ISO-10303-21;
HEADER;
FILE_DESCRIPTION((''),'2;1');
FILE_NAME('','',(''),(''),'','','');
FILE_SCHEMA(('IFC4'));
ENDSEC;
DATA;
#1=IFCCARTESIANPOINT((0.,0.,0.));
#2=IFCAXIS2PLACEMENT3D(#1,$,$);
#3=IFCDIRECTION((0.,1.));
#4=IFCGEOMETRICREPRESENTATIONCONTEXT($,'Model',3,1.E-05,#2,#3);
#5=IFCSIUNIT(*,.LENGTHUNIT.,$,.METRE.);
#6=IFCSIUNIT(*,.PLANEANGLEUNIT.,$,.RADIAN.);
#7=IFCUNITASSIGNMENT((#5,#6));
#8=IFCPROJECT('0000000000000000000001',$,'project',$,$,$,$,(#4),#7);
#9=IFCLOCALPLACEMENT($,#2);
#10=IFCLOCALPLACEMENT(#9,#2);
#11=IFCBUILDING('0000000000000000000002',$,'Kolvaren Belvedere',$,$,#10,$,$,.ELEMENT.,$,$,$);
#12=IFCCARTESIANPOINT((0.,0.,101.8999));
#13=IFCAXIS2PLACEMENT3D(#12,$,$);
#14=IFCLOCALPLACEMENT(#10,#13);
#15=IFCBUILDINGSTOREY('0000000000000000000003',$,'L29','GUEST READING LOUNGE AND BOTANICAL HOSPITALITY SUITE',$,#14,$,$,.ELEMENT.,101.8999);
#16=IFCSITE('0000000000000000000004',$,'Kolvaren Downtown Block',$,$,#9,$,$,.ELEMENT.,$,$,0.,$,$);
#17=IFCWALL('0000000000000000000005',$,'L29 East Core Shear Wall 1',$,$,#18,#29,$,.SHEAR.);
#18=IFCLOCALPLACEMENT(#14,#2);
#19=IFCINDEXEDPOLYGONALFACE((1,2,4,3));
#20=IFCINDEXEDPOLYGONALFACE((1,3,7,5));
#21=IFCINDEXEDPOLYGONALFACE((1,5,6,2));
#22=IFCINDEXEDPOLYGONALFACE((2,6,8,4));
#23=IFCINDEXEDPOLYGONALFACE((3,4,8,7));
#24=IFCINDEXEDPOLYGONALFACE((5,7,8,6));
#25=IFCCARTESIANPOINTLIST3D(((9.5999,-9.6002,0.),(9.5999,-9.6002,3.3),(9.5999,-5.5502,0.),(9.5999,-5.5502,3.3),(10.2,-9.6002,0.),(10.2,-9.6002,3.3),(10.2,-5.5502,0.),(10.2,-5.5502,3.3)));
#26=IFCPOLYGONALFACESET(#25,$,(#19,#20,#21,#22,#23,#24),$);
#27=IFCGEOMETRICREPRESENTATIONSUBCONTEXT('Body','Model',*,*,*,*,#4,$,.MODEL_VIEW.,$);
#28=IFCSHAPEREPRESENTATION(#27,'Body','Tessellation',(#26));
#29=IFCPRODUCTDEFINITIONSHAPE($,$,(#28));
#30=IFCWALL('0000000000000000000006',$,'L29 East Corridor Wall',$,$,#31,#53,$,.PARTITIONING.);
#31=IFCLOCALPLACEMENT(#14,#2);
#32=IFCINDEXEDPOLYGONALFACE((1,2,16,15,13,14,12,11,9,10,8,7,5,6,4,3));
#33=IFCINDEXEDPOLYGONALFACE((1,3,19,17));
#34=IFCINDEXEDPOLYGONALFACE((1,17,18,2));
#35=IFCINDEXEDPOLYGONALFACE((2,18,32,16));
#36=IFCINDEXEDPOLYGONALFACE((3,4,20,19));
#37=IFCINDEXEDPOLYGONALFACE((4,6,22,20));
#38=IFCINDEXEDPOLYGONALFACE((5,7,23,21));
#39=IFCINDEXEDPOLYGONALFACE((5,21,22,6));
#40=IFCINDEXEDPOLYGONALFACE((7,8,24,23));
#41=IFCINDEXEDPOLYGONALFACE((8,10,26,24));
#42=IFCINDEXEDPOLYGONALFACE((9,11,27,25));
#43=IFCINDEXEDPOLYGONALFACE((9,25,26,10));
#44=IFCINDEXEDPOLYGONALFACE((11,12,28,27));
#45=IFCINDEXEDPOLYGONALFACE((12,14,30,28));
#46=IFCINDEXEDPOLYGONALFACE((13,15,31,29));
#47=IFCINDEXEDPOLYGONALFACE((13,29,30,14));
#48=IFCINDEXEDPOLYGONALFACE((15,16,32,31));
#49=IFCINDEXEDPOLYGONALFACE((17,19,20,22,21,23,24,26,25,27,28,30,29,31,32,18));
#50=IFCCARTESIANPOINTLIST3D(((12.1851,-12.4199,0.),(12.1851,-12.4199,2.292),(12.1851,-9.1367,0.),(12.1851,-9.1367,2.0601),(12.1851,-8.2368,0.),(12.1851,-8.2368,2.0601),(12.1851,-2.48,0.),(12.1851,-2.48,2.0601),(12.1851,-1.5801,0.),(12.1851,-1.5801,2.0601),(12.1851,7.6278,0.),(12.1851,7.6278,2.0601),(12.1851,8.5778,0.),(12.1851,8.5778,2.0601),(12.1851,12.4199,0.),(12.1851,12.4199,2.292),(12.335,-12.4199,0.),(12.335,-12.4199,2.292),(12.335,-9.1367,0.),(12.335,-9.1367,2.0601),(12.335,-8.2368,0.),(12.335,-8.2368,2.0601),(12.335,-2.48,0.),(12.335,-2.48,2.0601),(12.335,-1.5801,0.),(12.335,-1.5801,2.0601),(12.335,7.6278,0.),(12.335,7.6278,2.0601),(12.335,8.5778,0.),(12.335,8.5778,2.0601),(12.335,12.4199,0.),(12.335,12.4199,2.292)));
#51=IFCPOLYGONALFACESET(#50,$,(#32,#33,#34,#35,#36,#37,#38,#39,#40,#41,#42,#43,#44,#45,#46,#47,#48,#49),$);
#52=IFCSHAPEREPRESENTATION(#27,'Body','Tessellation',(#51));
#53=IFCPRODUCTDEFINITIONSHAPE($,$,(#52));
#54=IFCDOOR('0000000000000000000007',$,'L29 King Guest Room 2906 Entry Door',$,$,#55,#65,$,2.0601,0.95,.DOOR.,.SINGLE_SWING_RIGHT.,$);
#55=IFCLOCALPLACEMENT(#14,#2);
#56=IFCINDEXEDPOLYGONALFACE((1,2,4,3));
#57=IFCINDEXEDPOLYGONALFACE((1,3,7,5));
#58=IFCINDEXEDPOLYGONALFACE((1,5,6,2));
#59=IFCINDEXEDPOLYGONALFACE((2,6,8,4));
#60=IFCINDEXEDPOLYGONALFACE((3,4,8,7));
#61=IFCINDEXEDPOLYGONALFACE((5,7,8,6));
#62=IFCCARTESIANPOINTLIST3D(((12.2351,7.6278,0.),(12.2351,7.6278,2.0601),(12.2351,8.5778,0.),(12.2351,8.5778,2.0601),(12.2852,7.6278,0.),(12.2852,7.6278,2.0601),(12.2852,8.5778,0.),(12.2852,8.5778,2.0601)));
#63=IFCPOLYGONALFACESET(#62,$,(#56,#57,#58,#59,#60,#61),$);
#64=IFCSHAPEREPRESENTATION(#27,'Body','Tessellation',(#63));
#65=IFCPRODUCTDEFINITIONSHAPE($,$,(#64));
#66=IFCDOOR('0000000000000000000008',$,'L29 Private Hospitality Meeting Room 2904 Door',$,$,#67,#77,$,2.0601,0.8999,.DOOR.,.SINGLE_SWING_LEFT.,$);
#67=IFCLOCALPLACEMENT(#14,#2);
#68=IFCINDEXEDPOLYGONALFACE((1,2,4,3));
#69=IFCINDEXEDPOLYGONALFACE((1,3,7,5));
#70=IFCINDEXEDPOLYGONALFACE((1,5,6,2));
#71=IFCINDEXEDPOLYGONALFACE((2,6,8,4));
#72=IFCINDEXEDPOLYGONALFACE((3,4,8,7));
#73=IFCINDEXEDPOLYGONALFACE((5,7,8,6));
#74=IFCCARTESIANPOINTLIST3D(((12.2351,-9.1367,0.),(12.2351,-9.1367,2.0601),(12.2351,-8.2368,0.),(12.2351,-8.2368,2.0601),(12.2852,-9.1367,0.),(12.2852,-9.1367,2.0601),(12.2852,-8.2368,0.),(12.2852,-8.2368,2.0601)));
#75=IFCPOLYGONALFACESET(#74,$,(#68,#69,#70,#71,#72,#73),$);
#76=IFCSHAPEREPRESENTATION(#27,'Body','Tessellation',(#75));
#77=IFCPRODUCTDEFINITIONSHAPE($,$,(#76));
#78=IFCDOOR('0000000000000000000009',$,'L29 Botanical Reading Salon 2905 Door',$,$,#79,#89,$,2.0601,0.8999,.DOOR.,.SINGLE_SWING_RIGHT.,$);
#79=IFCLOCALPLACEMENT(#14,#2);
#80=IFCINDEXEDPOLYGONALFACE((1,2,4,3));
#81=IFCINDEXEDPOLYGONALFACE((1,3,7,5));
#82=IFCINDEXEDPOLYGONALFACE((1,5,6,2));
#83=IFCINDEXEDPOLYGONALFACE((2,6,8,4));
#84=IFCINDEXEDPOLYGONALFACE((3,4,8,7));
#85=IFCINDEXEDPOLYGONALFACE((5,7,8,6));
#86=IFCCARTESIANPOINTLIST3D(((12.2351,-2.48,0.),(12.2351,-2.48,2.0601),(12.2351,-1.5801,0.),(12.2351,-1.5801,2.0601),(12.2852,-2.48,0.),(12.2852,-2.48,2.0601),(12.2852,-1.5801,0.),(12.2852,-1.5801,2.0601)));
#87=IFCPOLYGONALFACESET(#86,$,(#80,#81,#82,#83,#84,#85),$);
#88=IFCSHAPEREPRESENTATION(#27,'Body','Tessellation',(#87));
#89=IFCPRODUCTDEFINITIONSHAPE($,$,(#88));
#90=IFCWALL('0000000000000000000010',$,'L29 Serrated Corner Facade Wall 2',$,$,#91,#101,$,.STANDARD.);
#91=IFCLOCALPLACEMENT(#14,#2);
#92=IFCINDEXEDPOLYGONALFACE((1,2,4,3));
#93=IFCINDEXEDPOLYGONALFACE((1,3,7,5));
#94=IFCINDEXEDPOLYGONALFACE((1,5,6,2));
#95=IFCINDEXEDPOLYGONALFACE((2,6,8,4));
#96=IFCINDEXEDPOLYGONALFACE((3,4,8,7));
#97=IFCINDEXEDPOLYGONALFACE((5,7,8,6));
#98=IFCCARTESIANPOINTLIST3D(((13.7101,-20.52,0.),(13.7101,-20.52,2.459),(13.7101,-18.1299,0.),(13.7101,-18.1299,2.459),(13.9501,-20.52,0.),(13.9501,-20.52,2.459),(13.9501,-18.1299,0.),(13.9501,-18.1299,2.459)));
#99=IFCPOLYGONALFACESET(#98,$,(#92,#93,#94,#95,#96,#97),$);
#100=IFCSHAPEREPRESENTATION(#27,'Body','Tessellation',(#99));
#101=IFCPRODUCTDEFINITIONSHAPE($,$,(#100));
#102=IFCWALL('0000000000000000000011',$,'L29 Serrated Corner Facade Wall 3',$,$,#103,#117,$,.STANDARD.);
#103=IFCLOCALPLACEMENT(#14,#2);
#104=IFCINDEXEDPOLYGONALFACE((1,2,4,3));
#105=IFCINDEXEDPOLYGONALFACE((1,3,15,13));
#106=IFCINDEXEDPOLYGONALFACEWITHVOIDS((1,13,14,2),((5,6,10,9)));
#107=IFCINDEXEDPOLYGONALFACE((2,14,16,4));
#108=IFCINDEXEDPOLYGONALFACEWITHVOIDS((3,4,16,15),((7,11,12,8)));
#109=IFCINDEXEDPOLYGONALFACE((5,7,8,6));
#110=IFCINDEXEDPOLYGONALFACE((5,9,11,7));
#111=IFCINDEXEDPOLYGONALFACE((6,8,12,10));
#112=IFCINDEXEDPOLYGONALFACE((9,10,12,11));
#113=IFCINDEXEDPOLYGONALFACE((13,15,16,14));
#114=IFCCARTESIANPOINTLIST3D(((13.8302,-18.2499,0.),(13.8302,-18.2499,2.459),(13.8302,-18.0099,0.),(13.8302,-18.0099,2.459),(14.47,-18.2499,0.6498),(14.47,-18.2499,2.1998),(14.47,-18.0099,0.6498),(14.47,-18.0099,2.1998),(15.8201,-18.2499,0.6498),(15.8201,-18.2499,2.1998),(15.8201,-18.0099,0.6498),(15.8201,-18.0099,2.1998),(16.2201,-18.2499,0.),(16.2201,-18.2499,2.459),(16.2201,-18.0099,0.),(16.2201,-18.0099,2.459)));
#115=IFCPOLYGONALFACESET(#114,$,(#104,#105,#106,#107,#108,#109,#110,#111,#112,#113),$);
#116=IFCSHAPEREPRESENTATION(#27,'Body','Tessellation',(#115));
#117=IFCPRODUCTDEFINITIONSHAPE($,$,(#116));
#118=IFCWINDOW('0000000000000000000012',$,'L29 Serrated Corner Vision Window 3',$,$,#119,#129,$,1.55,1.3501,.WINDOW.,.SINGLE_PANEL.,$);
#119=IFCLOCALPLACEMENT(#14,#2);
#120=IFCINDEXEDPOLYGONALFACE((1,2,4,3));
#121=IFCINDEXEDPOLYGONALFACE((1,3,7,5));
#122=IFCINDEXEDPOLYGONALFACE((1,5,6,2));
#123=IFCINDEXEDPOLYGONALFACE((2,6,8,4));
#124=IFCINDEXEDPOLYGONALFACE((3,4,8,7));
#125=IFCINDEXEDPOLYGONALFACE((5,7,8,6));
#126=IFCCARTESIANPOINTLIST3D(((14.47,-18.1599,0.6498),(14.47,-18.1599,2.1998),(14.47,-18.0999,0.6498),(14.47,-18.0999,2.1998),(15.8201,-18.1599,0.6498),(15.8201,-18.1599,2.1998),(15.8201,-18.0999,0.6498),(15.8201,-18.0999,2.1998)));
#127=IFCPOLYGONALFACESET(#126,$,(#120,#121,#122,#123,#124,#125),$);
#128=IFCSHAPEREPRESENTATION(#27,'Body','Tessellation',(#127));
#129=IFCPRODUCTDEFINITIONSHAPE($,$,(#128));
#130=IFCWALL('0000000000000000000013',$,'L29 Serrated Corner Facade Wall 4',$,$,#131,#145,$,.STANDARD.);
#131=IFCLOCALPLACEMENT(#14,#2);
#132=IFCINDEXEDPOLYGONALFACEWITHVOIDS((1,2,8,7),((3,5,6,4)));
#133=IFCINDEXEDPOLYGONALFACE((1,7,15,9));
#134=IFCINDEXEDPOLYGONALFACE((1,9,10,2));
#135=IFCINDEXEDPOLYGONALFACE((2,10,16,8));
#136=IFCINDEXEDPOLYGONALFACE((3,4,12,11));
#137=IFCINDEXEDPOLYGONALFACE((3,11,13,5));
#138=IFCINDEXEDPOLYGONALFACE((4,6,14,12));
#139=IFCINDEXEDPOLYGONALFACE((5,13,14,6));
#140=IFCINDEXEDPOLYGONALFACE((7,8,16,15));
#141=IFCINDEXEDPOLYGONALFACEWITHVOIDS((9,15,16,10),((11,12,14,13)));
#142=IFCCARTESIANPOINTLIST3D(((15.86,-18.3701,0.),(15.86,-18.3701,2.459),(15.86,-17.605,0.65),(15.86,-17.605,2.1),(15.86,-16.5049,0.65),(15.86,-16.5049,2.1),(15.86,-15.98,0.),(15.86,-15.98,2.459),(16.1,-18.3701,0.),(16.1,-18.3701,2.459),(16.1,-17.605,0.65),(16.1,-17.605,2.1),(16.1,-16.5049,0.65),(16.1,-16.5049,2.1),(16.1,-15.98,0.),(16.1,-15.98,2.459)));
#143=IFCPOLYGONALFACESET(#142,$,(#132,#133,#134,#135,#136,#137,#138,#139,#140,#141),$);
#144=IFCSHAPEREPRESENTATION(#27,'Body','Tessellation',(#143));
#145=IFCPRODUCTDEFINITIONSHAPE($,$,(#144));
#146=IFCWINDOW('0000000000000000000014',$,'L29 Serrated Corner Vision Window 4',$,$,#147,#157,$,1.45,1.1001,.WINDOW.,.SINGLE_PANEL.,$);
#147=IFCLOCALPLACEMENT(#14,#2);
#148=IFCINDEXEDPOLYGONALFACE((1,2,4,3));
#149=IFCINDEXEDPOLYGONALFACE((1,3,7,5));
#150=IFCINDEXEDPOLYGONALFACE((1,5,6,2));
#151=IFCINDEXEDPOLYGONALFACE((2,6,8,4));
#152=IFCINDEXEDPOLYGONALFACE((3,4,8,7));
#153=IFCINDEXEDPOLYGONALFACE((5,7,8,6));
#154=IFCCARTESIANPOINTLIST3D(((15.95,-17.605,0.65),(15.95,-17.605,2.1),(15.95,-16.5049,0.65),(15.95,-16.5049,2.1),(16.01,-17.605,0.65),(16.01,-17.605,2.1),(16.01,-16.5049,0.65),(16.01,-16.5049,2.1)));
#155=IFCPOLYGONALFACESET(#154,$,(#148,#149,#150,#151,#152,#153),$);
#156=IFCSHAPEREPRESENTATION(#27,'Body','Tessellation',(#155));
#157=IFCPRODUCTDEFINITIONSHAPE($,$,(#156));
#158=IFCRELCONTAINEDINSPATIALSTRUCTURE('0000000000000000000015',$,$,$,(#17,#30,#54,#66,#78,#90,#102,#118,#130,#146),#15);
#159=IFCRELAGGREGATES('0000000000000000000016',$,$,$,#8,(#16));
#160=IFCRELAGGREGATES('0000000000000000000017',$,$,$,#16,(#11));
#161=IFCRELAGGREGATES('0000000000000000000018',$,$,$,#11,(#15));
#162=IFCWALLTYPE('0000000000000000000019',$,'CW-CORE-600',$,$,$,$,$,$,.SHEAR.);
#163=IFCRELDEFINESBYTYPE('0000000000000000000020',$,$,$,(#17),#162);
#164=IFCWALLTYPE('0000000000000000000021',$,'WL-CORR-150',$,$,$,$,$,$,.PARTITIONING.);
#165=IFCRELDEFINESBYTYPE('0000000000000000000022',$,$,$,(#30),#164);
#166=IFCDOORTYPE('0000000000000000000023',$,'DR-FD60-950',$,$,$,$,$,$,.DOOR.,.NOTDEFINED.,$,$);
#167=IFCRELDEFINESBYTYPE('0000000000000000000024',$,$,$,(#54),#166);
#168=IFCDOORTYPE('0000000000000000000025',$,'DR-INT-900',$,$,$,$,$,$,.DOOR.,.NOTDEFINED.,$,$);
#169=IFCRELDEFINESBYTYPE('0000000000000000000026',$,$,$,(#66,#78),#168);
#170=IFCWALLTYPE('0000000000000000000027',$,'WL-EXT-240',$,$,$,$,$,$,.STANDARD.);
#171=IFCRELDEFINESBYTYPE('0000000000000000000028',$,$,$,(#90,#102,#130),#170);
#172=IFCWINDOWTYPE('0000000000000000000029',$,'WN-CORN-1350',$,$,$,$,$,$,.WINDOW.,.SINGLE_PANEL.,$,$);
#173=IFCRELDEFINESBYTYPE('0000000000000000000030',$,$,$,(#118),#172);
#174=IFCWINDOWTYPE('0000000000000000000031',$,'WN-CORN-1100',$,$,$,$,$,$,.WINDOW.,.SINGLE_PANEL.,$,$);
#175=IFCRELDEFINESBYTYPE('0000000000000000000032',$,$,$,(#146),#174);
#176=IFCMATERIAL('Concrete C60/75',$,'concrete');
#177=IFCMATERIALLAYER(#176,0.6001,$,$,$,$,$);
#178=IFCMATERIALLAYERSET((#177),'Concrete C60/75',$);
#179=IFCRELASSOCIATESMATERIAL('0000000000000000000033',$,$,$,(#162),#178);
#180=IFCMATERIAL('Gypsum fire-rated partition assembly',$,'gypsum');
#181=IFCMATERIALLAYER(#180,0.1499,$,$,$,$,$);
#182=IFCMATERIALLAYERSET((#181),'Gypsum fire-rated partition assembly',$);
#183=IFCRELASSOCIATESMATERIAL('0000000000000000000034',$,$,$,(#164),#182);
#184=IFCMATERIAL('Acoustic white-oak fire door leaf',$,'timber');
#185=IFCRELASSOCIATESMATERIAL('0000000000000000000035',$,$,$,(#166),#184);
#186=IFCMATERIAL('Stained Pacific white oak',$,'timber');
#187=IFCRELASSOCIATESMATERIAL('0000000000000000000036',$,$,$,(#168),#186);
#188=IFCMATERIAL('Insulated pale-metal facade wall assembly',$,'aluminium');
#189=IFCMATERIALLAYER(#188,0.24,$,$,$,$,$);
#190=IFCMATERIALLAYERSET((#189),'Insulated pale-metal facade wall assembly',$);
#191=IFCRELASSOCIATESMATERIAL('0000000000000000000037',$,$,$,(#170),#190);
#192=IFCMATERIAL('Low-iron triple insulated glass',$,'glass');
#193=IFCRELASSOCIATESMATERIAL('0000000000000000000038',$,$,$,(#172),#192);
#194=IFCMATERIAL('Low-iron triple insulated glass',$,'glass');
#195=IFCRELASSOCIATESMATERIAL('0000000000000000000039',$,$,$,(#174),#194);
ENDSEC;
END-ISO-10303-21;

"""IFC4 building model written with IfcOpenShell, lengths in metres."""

from ifc_helpers import new_model, si_unit, direction, frame, frame_2d, origin, place, context, subcontext, project, spatial, rectangle, extrude, material, layer, layer_set, type_object, element, fill, save


model = new_model("IFC4")

# Units and contexts
model_context = context("Model", 3, precision=1e-05, world=origin(), true_north=direction((0.0, 1.0)))
body_context = subcontext(model_context, "Body", "Model", "MODEL_VIEW")
ifc_project = project(units=[si_unit("LENGTHUNIT", "METRE"), si_unit("PLANEANGLEUNIT", "RADIAN")], contexts=[model_context])

# Site, building, storey
site_placement = place(None, origin())
site = spatial("IfcSite", under=ifc_project, at=site_placement, Name="Kolvaren Downtown Block", CompositionType="ELEMENT", RefElevation=0.0)
building_placement = place(site_placement, origin())
building = spatial("IfcBuilding", under=site, at=building_placement, Name="Kolvaren Belvedere", CompositionType="ELEMENT")
storey_placement = place(building_placement, frame((0.0, 0.0, 101.8999)))
storey = spatial("IfcBuildingStorey", under=building, at=storey_placement, Name="L29", Description="GUEST READING LOUNGE AND BOTANICAL HOSPITALITY SUITE", CompositionType="ELEMENT", Elevation=101.8999)

# Wall
ifc_material_1 = material(Name="Concrete C60/75", Category="concrete")
ifc_layer_1 = layer(ifc_material_1, 0.6001)
ifc_layer_set_1 = layer_set([ifc_layer_1], Name="Concrete C60/75")
wall_type_1 = type_object("IfcWallType", Name="CW-CORE-600", PredefinedType="SHEAR", material=ifc_layer_set_1)
wall_1_placement = place(storey_placement, frame((9.8999, -9.6001, 0.0), z_axis=(0.0, 0.0, 1.0), x_axis=(0.0, 1.0, 0.0)))
element("IfcWall", 1, at=wall_1_placement, inside=storey, type_object=wall_type_1, Name="L29 East Core Shear Wall 1", PredefinedType="SHEAR", context=body_context, shape_type="SweptSolid", body=[
    extrude(rectangle(XDim=4.05, YDim=0.6001, at=frame_2d((2.0249, 0.0))), origin(), (0.0, 0.0, 1.0), 3.3),
])

# Wall, openings, doors
ifc_material_2 = material(Name="Gypsum fire-rated partition assembly", Category="gypsum")
ifc_layer_2 = layer(ifc_material_2, 0.1499)
ifc_layer_set_2 = layer_set([ifc_layer_2], Name="Gypsum fire-rated partition assembly")
wall_type_2 = type_object("IfcWallType", Name="WL-CORR-150", PredefinedType="PARTITIONING", material=ifc_layer_set_2)
wall_2_placement = place(storey_placement, frame((12.26, -12.4199, 0.0), z_axis=(0.0, 0.0, 1.0), x_axis=(0.0, 1.0, 0.0)))
wall_2 = element("IfcWall", 2, at=wall_2_placement, inside=storey, type_object=wall_type_2, Name="L29 East Corridor Wall", PredefinedType="PARTITIONING", context=body_context, shape_type="SweptSolid", body=[
    extrude(rectangle(XDim=24.8398, YDim=0.1499, at=frame_2d((12.4199, 0.0))), origin(), (0.0, 0.0, 1.0), 2.292),
])
opening_1_placement = place(wall_2_placement, frame((3.2832, 0.0, 0.0)))
opening_1 = element("IfcOpeningElement", 3, at=opening_1_placement, cuts=wall_2, PredefinedType="OPENING", context=body_context, shape_type="SweptSolid", body=[
    extrude(rectangle(XDim=0.8999, YDim=2.0601, at=frame_2d((0.45, 1.03))), frame((0.0, 0.085, 0.0), z_axis=(0.0, -1.0, 0.0), x_axis=(1.0, 0.0, 0.0)), (0.0, 0.0, 1.0), 0.1699),
])
opening_2_placement = place(wall_2_placement, frame((9.9399, 0.0, 0.0)))
opening_2 = element("IfcOpeningElement", 4, at=opening_2_placement, cuts=wall_2, PredefinedType="OPENING", context=body_context, shape_type="SweptSolid", body=[
    extrude(rectangle(XDim=0.8999, YDim=2.0601, at=frame_2d((0.45, 1.03))), frame((0.0, 0.085, 0.0), z_axis=(0.0, -1.0, 0.0), x_axis=(1.0, 0.0, 0.0)), (0.0, 0.0, 1.0), 0.1699),
])
opening_3_placement = place(wall_2_placement, frame((20.0476, 0.0, 0.0)))
opening_3 = element("IfcOpeningElement", 5, at=opening_3_placement, cuts=wall_2, PredefinedType="OPENING", context=body_context, shape_type="SweptSolid", body=[
    extrude(rectangle(XDim=0.95, YDim=2.0601, at=frame_2d((0.4751, 1.03))), frame((0.0, 0.085, 0.0), z_axis=(0.0, -1.0, 0.0), x_axis=(1.0, 0.0, 0.0)), (0.0, 0.0, 1.0), 0.1699),
])
ifc_material_3 = material(Name="Acoustic white-oak fire door leaf", Category="timber")
door_type_1 = type_object("IfcDoorType", Name="DR-FD60-950", OperationType="NOTDEFINED", PredefinedType="DOOR", material=ifc_material_3)
door_1_placement = place(opening_3_placement, origin())
door_1 = element("IfcDoor", 6, at=door_1_placement, inside=storey, type_object=door_type_1, Name="L29 King Guest Room 2906 Entry Door", OperationType="SINGLE_SWING_RIGHT", OverallHeight=2.0601, OverallWidth=0.95, PredefinedType="DOOR", context=body_context, shape_type="SweptSolid", body=[
    extrude(rectangle(XDim=0.95, YDim=2.0601, at=frame_2d((0.4751, 1.03))), frame((0.0, 0.0249, 0.0), z_axis=(0.0, -1.0, 0.0), x_axis=(1.0, 0.0, 0.0)), (0.0, 0.0, 1.0), 0.05),
])
fill(opening_3, door_1)
ifc_material_4 = material(Name="Stained Pacific white oak", Category="timber")
door_type_2 = type_object("IfcDoorType", Name="DR-INT-900", OperationType="NOTDEFINED", PredefinedType="DOOR", material=ifc_material_4)
door_2_placement = place(opening_1_placement, origin())
door_2 = element("IfcDoor", 7, at=door_2_placement, inside=storey, type_object=door_type_2, Name="L29 Private Hospitality Meeting Room 2904 Door", OperationType="SINGLE_SWING_LEFT", OverallHeight=2.0601, OverallWidth=0.8999, PredefinedType="DOOR", context=body_context, shape_type="SweptSolid", body=[
    extrude(rectangle(XDim=0.8999, YDim=2.0601, at=frame_2d((0.45, 1.03))), frame((0.0, 0.0249, 0.0), z_axis=(0.0, -1.0, 0.0), x_axis=(1.0, 0.0, 0.0)), (0.0, 0.0, 1.0), 0.05),
])
fill(opening_1, door_2)
door_3_placement = place(opening_2_placement, origin())
door_3 = element("IfcDoor", 8, at=door_3_placement, inside=storey, type_object=door_type_2, Name="L29 Botanical Reading Salon 2905 Door", OperationType="SINGLE_SWING_RIGHT", OverallHeight=2.0601, OverallWidth=0.8999, PredefinedType="DOOR", context=body_context, shape_type="SweptSolid", body=[
    extrude(rectangle(XDim=0.8999, YDim=2.0601, at=frame_2d((0.45, 1.03))), frame((0.0, 0.0249, 0.0), z_axis=(0.0, -1.0, 0.0), x_axis=(1.0, 0.0, 0.0)), (0.0, 0.0, 1.0), 0.05),
])
fill(opening_2, door_3)

# Wall
ifc_material_5 = material(Name="Insulated pale-metal facade wall assembly", Category="aluminium")
ifc_layer_3 = layer(ifc_material_5, 0.24)
ifc_layer_set_3 = layer_set([ifc_layer_3], Name="Insulated pale-metal facade wall assembly")
wall_type_3 = type_object("IfcWallType", Name="WL-EXT-240", PredefinedType="STANDARD", material=ifc_layer_set_3)
wall_3_placement = place(storey_placement, frame((13.8301, -18.1299, 0.0), z_axis=(0.0, 0.0, 1.0), x_axis=(0.0, -1.0, 0.0)))
element("IfcWall", 9, at=wall_3_placement, inside=storey, type_object=wall_type_3, Name="L29 Serrated Corner Facade Wall 2", PredefinedType="STANDARD", context=body_context, shape_type="SweptSolid", body=[
    extrude(rectangle(XDim=2.3901, YDim=0.24, at=frame_2d((1.1951, 0.0))), origin(), (0.0, 0.0, 1.0), 2.459),
])

# Walls, openings, windows
wall_4_placement = place(storey_placement, frame((16.22, -18.1299, 0.0), z_axis=(0.0, 0.0, 1.0), x_axis=(-1.0, 0.0, 0.0)))
wall_4 = element("IfcWall", 10, at=wall_4_placement, inside=storey, type_object=wall_type_3, Name="L29 Serrated Corner Facade Wall 3", PredefinedType="STANDARD", context=body_context, shape_type="SweptSolid", body=[
    extrude(rectangle(XDim=2.3899, YDim=0.24, at=frame_2d((1.1948, 0.0))), origin(), (0.0, 0.0, 1.0), 2.459),
])
opening_4_placement = place(wall_4_placement, frame((0.3999, 0.0, 0.6499)))
opening_4 = element("IfcOpeningElement", 11, at=opening_4_placement, cuts=wall_4, PredefinedType="OPENING", context=body_context, shape_type="SweptSolid", body=[
    extrude(rectangle(XDim=1.3501, YDim=1.55, at=frame_2d((0.675, 0.7749))), frame((0.0, 0.1299, 0.0), z_axis=(0.0, -1.0, 0.0), x_axis=(1.0, 0.0, 0.0)), (0.0, 0.0, 1.0), 0.26),
])
ifc_material_6 = material(Name="Low-iron triple insulated glass", Category="glass")
window_type_1 = type_object("IfcWindowType", Name="WN-CORN-1350", PartitioningType="SINGLE_PANEL", PredefinedType="WINDOW", material=ifc_material_6)
window_1_placement = place(opening_4_placement, origin())
window_1 = element("IfcWindow", 12, at=window_1_placement, inside=storey, type_object=window_type_1, Name="L29 Serrated Corner Vision Window 3", OverallHeight=1.55, OverallWidth=1.3501, PartitioningType="SINGLE_PANEL", PredefinedType="WINDOW", context=body_context, shape_type="SweptSolid", body=[
    extrude(rectangle(XDim=1.3501, YDim=1.55, at=frame_2d((0.675, 0.7749))), frame((0.0, 0.03, 0.0), z_axis=(0.0, -1.0, 0.0), x_axis=(1.0, 0.0, 0.0)), (0.0, 0.0, 1.0), 0.0601),
])
fill(opening_4, window_1)
wall_5_placement = place(storey_placement, frame((15.98, -15.98, 0.0), z_axis=(0.0, 0.0, 1.0), x_axis=(0.0, -1.0, 0.0)))
wall_5 = element("IfcWall", 13, at=wall_5_placement, inside=storey, type_object=wall_type_3, Name="L29 Serrated Corner Facade Wall 4", PredefinedType="STANDARD", context=body_context, shape_type="SweptSolid", body=[
    extrude(rectangle(XDim=2.3901, YDim=0.24, at=frame_2d((1.1951, 0.0))), origin(), (0.0, 0.0, 1.0), 2.459),
])
opening_5_placement = place(wall_5_placement, frame((0.5249, 0.0, 0.6499)))
opening_5 = element("IfcOpeningElement", 14, at=opening_5_placement, cuts=wall_5, PredefinedType="OPENING", context=body_context, shape_type="SweptSolid", body=[
    extrude(rectangle(XDim=1.1001, YDim=1.45, at=frame_2d((0.55, 0.7251))), frame((0.0, 0.1299, 0.0), z_axis=(0.0, -1.0, 0.0), x_axis=(1.0, 0.0, 0.0)), (0.0, 0.0, 1.0), 0.26),
])
ifc_material_7 = material(Name="Low-iron triple insulated glass", Category="glass")
window_type_2 = type_object("IfcWindowType", Name="WN-CORN-1100", PartitioningType="SINGLE_PANEL", PredefinedType="WINDOW", material=ifc_material_7)
window_2_placement = place(opening_5_placement, origin())
window_2 = element("IfcWindow", 15, at=window_2_placement, inside=storey, type_object=window_type_2, Name="L29 Serrated Corner Vision Window 4", OverallHeight=1.45, OverallWidth=1.1001, PartitioningType="SINGLE_PANEL", PredefinedType="WINDOW", context=body_context, shape_type="SweptSolid", body=[
    extrude(rectangle(XDim=1.1001, YDim=1.45, at=frame_2d((0.55, 0.7251))), frame((0.0, 0.03, 0.0), z_axis=(0.0, -1.0, 0.0), x_axis=(1.0, 0.0, 0.0)), (0.0, 0.0, 1.0), 0.0601),
])
fill(opening_5, window_2)

save(model, "model.ifc")
